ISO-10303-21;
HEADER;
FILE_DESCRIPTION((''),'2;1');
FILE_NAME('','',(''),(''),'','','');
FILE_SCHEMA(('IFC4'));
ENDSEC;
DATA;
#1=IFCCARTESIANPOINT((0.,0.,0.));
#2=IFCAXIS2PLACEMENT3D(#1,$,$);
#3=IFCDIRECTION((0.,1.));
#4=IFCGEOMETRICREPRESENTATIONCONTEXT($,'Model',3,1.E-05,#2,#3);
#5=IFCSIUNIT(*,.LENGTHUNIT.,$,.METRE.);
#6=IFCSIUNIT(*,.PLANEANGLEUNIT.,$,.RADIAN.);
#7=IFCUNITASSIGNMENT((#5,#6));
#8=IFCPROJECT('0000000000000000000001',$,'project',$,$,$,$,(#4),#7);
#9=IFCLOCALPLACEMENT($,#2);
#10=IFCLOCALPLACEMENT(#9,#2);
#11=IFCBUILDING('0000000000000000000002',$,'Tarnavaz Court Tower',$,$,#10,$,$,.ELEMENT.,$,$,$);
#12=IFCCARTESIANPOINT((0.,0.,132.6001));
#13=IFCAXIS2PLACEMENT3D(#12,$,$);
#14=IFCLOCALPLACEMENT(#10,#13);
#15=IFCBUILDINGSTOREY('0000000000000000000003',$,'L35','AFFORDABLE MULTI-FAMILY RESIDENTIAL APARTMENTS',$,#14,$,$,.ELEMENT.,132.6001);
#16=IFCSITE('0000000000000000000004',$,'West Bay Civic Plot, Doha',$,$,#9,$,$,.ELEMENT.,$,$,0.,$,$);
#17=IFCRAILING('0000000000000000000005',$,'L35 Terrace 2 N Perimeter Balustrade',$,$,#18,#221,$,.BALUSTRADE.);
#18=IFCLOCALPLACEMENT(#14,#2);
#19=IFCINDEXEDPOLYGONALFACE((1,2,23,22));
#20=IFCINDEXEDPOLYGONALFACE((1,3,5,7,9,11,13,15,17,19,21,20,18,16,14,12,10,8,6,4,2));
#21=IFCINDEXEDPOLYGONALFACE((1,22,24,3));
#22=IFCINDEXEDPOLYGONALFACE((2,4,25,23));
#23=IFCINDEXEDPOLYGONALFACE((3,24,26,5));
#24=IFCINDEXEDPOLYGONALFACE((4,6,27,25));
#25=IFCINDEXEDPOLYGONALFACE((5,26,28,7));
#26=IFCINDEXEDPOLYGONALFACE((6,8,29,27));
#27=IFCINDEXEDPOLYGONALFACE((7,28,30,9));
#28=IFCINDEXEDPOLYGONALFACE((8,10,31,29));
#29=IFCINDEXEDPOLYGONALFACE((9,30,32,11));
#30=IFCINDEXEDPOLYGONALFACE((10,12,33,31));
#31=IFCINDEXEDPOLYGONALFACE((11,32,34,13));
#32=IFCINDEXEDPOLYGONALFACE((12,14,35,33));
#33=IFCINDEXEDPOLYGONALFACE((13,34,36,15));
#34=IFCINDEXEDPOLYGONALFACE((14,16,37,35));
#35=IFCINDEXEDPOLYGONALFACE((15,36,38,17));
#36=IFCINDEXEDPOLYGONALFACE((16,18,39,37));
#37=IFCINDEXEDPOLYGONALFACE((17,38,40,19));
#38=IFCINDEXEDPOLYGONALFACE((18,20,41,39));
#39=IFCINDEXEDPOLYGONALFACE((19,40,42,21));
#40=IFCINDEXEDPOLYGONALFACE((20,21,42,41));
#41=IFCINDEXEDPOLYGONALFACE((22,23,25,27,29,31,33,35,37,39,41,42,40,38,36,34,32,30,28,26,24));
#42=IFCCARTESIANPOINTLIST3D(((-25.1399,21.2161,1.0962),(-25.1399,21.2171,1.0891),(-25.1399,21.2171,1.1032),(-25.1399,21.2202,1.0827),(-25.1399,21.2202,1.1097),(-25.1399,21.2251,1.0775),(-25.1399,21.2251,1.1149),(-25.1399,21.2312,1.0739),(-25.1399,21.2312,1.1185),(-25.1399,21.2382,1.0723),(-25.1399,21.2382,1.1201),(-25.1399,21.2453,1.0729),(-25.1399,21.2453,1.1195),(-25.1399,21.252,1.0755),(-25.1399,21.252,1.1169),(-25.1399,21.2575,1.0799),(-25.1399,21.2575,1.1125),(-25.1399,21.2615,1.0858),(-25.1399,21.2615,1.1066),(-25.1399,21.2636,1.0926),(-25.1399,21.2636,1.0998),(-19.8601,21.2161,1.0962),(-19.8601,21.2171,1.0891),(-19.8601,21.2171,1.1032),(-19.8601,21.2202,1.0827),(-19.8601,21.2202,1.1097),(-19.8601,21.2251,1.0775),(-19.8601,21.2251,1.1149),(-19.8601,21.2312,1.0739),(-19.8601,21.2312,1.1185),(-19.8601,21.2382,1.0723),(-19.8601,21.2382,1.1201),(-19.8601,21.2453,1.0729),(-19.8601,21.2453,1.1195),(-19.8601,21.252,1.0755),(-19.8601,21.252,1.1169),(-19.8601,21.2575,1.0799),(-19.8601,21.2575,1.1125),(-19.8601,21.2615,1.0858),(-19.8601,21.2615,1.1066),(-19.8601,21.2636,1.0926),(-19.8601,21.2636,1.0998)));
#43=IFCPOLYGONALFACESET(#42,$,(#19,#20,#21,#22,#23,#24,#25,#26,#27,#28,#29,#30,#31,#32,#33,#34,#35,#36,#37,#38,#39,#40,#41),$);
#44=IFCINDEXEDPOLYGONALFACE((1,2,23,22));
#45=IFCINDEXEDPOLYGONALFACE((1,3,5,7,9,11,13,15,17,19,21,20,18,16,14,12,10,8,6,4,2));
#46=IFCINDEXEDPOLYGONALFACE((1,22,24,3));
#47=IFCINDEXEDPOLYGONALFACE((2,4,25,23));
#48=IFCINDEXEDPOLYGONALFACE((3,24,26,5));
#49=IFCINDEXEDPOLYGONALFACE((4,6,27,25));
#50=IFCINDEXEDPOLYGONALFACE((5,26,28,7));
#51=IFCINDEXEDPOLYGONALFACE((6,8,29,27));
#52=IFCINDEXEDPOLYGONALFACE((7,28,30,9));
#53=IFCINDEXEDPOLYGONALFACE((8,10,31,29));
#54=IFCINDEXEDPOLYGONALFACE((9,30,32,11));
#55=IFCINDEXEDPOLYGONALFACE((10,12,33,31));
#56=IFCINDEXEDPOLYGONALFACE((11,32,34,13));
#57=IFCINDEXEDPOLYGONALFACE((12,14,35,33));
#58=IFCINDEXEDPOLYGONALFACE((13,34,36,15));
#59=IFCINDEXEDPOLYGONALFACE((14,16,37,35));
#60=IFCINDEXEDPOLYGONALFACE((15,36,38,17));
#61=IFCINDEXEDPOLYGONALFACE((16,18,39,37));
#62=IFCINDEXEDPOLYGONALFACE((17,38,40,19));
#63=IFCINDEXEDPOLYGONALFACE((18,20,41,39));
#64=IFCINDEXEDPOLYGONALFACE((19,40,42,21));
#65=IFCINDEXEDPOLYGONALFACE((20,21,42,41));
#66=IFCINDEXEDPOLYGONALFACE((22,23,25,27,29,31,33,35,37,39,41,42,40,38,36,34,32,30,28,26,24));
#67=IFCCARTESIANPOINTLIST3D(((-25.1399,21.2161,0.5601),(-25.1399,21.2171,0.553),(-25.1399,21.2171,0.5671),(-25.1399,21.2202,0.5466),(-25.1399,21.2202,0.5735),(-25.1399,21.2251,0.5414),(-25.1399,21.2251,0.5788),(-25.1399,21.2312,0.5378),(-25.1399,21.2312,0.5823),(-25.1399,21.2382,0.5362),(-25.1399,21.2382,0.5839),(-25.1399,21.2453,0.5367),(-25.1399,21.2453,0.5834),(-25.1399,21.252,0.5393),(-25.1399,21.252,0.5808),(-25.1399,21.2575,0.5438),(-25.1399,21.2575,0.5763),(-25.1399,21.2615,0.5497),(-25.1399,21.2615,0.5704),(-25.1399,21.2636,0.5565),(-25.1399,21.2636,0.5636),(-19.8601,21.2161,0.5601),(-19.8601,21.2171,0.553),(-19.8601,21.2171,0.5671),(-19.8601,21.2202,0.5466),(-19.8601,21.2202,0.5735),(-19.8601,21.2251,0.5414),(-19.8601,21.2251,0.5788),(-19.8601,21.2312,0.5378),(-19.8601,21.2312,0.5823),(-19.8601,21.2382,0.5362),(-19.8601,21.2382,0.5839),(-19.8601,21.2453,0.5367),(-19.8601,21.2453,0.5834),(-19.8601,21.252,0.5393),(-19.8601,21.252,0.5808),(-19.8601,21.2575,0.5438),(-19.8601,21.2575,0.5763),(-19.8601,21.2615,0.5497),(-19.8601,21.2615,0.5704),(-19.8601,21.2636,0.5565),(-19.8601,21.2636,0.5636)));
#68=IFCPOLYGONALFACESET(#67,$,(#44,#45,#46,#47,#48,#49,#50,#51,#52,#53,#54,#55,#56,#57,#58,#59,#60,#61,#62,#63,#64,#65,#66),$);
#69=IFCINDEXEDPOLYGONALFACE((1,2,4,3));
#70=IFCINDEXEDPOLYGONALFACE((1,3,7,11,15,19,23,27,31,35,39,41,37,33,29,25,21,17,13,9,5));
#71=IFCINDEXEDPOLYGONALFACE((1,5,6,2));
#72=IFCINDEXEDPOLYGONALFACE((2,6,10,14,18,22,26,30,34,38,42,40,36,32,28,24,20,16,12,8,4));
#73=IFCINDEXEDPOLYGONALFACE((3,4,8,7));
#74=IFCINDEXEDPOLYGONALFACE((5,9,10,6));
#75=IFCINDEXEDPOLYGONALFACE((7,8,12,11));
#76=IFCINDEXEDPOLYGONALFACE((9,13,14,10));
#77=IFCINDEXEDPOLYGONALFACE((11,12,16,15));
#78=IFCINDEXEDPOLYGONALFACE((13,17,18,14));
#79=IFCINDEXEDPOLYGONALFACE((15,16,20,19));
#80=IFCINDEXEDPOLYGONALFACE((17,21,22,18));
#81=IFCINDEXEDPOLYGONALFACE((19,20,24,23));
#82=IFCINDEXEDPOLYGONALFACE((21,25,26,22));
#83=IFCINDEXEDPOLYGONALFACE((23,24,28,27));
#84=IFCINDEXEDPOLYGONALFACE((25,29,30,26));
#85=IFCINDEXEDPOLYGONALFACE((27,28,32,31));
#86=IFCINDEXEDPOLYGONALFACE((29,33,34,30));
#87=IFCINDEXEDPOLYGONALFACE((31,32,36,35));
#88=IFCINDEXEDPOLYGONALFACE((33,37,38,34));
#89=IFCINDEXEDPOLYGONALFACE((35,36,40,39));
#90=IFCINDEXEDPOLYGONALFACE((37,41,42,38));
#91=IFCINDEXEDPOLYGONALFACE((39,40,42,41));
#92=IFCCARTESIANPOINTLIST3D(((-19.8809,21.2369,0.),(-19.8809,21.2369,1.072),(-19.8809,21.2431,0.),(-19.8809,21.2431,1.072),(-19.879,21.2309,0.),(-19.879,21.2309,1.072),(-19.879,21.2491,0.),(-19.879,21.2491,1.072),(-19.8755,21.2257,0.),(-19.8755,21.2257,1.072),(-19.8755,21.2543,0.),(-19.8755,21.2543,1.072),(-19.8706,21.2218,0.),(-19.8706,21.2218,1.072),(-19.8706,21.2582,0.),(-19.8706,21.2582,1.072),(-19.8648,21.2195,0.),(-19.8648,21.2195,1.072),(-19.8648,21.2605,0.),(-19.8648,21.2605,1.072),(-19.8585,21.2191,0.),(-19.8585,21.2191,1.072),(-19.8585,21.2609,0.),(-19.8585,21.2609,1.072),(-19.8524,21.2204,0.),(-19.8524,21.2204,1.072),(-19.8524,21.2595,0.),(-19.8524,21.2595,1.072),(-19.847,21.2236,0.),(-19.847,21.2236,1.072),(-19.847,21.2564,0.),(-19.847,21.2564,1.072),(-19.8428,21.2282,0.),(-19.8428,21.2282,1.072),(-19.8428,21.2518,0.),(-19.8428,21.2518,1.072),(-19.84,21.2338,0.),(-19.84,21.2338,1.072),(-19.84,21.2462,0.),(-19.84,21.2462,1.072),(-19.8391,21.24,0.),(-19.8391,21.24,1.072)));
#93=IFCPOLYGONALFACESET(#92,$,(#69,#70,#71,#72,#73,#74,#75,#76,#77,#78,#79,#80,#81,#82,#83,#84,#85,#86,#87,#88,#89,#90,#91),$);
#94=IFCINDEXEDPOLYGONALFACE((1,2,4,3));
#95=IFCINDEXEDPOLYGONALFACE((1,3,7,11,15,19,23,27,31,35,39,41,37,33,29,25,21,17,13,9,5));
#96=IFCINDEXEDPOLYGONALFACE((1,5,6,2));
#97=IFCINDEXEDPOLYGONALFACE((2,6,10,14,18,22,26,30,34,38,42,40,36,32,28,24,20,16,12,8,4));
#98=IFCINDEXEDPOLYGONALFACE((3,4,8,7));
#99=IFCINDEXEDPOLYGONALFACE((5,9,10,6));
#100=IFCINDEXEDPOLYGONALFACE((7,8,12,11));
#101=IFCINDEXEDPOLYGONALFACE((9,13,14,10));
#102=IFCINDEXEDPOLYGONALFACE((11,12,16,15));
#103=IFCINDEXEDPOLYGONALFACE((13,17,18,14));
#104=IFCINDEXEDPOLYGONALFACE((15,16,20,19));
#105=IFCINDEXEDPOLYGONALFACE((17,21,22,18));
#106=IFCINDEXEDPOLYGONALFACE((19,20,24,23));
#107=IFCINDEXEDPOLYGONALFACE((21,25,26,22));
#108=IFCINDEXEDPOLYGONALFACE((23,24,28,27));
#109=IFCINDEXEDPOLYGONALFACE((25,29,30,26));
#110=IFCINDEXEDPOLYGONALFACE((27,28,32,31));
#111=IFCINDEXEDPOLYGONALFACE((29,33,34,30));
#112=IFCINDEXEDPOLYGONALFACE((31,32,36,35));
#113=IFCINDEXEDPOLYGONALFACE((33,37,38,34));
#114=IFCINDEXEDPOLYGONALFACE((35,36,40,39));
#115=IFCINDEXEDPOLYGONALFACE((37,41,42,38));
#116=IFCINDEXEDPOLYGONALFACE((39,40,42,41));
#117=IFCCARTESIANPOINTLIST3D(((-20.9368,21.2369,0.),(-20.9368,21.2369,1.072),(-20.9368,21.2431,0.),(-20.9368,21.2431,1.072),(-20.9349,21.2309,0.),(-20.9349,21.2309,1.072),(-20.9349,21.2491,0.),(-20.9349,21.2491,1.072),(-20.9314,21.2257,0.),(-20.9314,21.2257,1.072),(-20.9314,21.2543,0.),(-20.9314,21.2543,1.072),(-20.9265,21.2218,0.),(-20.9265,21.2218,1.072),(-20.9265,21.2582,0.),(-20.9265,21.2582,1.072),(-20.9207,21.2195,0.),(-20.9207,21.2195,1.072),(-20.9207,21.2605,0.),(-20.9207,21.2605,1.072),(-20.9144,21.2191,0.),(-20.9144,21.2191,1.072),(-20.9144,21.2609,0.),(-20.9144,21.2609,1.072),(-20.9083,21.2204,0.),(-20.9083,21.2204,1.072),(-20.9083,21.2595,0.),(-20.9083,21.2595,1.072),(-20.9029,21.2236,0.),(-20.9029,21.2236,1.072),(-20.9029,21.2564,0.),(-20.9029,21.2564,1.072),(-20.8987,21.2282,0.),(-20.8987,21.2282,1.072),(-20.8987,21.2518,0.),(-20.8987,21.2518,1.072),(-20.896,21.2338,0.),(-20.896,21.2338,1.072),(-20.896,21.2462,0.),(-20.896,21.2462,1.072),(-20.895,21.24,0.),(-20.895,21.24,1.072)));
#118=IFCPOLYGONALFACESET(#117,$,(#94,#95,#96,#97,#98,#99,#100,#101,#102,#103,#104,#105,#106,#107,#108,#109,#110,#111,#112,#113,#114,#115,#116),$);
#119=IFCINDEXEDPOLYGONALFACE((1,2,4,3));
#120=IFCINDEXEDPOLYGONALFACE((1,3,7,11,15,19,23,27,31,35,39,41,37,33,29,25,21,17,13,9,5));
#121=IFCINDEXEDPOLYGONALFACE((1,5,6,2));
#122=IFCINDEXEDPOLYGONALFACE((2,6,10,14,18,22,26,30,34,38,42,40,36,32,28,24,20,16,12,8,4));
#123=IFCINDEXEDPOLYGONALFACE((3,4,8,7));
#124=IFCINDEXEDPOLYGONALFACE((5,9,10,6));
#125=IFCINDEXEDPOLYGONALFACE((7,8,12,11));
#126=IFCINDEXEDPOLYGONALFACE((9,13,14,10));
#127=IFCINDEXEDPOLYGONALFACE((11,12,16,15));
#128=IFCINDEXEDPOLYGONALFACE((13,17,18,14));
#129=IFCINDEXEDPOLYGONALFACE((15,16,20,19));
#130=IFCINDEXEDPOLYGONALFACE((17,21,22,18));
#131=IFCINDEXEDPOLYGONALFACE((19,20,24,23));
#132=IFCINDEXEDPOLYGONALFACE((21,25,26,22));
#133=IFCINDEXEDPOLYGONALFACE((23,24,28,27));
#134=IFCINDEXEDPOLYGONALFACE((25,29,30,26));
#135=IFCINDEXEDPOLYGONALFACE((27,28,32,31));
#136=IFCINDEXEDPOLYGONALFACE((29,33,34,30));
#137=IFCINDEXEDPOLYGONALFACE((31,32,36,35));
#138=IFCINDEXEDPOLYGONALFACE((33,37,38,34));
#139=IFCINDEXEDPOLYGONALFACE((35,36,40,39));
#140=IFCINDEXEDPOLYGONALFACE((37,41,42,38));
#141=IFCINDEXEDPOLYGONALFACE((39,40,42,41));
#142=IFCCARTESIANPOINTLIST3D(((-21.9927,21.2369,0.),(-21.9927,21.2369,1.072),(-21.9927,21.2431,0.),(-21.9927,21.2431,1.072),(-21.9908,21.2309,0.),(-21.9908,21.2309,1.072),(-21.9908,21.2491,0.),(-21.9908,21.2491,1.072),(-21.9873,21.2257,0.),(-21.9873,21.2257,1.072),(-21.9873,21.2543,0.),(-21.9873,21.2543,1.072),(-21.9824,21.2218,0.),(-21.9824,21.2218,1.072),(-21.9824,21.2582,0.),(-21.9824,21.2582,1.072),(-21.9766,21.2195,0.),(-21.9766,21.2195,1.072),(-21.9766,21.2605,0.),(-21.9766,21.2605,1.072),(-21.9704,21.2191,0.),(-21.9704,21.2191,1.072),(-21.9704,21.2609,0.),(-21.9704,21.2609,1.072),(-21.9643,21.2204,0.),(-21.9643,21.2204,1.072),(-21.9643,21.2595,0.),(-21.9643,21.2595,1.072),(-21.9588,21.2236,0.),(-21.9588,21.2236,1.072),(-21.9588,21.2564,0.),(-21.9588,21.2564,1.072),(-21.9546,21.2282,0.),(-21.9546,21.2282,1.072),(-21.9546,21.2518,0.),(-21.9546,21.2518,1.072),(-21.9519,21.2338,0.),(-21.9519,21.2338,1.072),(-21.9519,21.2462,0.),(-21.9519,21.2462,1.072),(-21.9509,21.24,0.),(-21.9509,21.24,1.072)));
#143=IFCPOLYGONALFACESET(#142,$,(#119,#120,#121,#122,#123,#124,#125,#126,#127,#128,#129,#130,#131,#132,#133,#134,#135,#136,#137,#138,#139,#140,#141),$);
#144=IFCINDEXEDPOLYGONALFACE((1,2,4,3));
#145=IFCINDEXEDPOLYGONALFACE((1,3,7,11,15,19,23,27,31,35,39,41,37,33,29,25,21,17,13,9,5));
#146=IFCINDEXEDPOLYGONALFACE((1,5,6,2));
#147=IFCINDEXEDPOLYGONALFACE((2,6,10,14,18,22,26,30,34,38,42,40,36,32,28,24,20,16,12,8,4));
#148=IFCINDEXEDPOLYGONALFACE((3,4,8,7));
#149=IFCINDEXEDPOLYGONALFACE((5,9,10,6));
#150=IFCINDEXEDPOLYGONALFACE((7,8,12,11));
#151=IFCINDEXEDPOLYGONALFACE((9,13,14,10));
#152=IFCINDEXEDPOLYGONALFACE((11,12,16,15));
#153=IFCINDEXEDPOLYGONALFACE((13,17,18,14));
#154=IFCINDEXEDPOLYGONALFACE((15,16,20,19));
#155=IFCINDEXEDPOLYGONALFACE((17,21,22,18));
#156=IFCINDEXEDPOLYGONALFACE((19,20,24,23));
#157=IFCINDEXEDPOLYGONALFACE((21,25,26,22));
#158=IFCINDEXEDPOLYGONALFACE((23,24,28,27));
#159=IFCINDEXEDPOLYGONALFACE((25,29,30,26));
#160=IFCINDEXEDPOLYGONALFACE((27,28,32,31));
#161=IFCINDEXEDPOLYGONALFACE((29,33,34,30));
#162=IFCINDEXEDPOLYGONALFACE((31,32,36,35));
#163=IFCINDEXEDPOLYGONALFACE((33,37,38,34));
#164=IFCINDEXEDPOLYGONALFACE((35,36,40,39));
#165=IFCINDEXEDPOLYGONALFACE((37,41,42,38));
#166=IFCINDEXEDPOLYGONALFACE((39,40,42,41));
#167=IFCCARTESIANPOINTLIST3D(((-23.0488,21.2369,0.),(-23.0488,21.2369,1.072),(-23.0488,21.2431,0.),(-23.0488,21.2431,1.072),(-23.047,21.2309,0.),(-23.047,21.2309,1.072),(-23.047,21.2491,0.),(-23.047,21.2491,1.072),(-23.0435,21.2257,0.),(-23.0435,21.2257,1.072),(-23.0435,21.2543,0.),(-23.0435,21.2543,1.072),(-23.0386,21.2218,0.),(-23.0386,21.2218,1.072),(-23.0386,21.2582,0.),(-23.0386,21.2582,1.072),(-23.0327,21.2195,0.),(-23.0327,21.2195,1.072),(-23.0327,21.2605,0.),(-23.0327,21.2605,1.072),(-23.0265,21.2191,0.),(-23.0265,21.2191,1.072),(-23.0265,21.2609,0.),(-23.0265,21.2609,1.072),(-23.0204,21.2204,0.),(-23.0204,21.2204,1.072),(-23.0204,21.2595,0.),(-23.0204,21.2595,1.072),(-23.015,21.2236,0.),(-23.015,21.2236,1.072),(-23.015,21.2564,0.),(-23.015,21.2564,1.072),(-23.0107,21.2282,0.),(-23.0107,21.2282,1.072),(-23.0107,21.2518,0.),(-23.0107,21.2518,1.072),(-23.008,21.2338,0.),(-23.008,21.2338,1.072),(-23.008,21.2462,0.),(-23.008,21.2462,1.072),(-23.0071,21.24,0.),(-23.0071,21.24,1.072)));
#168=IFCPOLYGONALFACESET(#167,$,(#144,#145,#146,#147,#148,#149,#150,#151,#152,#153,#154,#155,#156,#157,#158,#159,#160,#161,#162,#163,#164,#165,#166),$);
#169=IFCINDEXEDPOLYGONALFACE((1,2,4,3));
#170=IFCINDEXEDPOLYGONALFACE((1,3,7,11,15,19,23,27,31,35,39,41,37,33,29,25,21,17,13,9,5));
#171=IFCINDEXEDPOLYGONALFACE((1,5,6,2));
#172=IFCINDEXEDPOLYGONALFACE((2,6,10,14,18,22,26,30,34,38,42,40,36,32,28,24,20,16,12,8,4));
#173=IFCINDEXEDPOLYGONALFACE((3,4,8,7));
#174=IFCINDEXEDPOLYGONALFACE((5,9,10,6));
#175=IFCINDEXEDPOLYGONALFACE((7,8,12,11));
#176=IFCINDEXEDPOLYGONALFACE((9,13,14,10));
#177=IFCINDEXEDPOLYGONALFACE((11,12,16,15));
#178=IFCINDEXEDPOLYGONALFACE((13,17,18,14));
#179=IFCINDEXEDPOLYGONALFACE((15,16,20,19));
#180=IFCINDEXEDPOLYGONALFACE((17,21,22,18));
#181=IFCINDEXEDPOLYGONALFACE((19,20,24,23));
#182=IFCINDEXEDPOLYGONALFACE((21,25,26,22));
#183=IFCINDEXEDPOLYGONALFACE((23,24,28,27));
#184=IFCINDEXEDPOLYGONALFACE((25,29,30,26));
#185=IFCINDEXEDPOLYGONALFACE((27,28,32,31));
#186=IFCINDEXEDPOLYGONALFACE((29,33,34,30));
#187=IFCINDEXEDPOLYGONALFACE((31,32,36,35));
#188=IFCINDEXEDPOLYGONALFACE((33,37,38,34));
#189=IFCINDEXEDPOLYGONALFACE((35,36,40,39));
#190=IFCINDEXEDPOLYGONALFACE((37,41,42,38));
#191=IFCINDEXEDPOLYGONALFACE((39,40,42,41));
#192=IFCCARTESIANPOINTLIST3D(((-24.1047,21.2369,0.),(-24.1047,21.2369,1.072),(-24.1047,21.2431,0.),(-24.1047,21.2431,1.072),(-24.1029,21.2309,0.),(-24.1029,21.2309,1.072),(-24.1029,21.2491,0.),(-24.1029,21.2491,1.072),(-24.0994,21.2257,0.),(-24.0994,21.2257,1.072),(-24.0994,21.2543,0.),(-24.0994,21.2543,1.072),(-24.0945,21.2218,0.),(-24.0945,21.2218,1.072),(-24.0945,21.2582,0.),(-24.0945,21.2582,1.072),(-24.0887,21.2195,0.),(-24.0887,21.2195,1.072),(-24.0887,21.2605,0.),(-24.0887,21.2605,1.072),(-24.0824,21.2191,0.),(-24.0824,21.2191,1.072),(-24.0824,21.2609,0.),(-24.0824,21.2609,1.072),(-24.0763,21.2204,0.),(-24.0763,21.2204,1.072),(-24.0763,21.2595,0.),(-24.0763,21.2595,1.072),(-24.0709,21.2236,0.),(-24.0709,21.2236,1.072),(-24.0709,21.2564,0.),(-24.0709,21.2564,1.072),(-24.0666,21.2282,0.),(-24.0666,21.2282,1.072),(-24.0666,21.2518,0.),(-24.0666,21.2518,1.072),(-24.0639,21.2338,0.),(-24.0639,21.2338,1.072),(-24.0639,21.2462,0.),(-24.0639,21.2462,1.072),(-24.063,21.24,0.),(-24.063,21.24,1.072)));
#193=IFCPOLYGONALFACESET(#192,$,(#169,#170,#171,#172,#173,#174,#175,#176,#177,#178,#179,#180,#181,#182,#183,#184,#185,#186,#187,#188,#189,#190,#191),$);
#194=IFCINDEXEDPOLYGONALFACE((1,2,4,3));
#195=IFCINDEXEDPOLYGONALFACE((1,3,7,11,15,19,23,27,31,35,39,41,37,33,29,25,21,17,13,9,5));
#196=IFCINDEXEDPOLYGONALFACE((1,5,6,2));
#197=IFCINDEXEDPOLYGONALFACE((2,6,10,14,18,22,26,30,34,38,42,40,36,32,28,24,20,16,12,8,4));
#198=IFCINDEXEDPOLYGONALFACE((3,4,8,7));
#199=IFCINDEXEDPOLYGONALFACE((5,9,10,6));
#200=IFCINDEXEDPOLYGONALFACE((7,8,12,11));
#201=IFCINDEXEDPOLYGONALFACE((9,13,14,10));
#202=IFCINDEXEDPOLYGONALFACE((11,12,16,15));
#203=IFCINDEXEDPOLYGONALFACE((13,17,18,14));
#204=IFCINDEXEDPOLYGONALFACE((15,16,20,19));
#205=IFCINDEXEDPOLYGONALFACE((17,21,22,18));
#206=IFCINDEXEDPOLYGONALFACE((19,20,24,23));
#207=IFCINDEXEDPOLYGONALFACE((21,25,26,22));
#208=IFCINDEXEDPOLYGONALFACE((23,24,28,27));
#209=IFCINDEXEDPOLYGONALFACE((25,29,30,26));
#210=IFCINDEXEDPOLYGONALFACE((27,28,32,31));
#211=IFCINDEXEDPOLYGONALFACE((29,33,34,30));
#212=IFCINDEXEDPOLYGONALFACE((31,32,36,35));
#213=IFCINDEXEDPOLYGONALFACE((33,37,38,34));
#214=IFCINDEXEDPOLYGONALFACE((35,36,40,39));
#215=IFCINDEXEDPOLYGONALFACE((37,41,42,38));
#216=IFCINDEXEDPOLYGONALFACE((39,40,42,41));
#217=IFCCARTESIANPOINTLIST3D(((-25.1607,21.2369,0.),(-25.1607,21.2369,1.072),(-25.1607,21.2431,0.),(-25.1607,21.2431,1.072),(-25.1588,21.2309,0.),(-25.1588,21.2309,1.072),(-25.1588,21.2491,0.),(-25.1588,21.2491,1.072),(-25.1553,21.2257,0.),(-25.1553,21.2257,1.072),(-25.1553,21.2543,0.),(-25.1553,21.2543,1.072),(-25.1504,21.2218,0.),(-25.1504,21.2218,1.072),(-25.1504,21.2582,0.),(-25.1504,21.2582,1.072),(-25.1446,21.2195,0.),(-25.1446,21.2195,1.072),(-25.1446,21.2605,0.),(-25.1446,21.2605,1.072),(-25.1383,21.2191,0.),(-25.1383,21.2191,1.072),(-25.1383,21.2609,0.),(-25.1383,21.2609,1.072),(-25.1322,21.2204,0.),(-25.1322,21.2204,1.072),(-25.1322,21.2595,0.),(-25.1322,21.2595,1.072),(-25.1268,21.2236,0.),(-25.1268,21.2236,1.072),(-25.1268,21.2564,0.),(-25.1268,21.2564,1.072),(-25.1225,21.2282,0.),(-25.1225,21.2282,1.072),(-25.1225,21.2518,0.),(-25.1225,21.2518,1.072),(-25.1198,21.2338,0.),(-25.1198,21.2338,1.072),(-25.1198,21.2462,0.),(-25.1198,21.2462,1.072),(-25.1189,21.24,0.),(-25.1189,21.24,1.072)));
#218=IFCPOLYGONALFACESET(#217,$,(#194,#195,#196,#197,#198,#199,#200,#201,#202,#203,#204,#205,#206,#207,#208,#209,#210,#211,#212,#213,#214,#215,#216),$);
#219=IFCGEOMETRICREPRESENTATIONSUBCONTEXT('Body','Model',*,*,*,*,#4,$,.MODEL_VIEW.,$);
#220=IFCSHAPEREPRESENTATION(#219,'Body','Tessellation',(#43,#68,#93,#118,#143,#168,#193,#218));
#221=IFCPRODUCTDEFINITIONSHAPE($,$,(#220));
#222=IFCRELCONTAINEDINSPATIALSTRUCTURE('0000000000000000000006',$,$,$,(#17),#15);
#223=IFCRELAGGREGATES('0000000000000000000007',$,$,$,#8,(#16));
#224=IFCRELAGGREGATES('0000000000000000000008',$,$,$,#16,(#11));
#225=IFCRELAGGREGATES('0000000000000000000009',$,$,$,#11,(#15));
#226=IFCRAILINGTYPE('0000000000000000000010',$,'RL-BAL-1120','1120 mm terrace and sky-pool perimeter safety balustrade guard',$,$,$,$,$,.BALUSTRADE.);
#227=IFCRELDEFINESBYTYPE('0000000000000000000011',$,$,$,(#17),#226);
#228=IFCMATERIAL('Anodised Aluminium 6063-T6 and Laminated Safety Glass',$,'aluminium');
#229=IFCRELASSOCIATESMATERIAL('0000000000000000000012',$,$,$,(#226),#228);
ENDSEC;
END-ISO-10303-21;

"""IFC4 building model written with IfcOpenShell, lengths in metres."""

from ifc_helpers import new_model, si_unit, direction, frame, origin, origin_2d, place, context, subcontext, project, spatial, circle, extrude, material, type_object, element, save


model = new_model("IFC4")

# Units and contexts
model_context = context("Model", 3, precision=1e-05, world=origin(), true_north=direction((0.0, 1.0)))
body_context = subcontext(model_context, "Body", "Model", "MODEL_VIEW")
ifc_project = project(units=[si_unit("LENGTHUNIT", "METRE"), si_unit("PLANEANGLEUNIT", "RADIAN")], contexts=[model_context])

# Site, building, storey
site_placement = place(None, origin())
site = spatial("IfcSite", under=ifc_project, at=site_placement, Name="West Bay Civic Plot, Doha", CompositionType="ELEMENT", RefElevation=0.0)
building_placement = place(site_placement, origin())
building = spatial("IfcBuilding", under=site, at=building_placement, Name="Tarnavaz Court Tower", CompositionType="ELEMENT")
storey_placement = place(building_placement, frame((0.0, 0.0, 132.6001)))
storey = spatial("IfcBuildingStorey", under=building, at=storey_placement, Name="L35", Description="AFFORDABLE MULTI-FAMILY RESIDENTIAL APARTMENTS", CompositionType="ELEMENT", Elevation=132.6001)

# Railing
ifc_material_1 = material(Name="Anodised Aluminium 6063-T6 and Laminated Safety Glass", Category="aluminium")
railing_type = type_object("IfcRailingType", Name="RL-BAL-1120", Description="1120 mm terrace and sky-pool perimeter safety balustrade guard", PredefinedType="BALUSTRADE", material=ifc_material_1)
railing_1_placement = place(storey_placement, frame((-19.8601, 21.24, 0.0)))
element("IfcRailing", 1, at=railing_1_placement, inside=storey, type_object=railing_type, Name="L35 Terrace 2 N Perimeter Balustrade", PredefinedType="BALUSTRADE", context=body_context, shape_type="SweptSolid", body=[
    extrude(circle(Radius=0.0239, at=origin_2d()), frame((0.0, 0.0, 1.0962), z_axis=(-1.0, 0.0, 0.0), x_axis=(0.0, -1.0, 0.0)), (0.0, 0.0, 1.0), 5.2798),
    extrude(circle(Radius=0.0239, at=origin_2d()), frame((0.0, 0.0, 0.5601), z_axis=(-1.0, 0.0, 0.0), x_axis=(0.0, -1.0, 0.0)), (0.0, 0.0, 1.0), 5.2798),
    extrude(circle(Radius=0.021, at=origin_2d()), origin(), (0.0, 0.0, 1.0), 1.072),
    extrude(circle(Radius=0.021, at=origin_2d()), frame((-1.0559, 0.0, 0.0)), (0.0, 0.0, 1.0), 1.072),
    extrude(circle(Radius=0.021, at=origin_2d()), frame((-2.1118, 0.0, 0.0)), (0.0, 0.0, 1.0), 1.072),
    extrude(circle(Radius=0.021, at=origin_2d()), frame((-3.168, 0.0, 0.0)), (0.0, 0.0, 1.0), 1.072),
    extrude(circle(Radius=0.021, at=origin_2d()), frame((-4.2239, 0.0, 0.0)), (0.0, 0.0, 1.0), 1.072),
    extrude(circle(Radius=0.021, at=origin_2d()), frame((-5.2798, 0.0, 0.0)), (0.0, 0.0, 1.0), 1.072),
])

save(model, "model.ifc")
